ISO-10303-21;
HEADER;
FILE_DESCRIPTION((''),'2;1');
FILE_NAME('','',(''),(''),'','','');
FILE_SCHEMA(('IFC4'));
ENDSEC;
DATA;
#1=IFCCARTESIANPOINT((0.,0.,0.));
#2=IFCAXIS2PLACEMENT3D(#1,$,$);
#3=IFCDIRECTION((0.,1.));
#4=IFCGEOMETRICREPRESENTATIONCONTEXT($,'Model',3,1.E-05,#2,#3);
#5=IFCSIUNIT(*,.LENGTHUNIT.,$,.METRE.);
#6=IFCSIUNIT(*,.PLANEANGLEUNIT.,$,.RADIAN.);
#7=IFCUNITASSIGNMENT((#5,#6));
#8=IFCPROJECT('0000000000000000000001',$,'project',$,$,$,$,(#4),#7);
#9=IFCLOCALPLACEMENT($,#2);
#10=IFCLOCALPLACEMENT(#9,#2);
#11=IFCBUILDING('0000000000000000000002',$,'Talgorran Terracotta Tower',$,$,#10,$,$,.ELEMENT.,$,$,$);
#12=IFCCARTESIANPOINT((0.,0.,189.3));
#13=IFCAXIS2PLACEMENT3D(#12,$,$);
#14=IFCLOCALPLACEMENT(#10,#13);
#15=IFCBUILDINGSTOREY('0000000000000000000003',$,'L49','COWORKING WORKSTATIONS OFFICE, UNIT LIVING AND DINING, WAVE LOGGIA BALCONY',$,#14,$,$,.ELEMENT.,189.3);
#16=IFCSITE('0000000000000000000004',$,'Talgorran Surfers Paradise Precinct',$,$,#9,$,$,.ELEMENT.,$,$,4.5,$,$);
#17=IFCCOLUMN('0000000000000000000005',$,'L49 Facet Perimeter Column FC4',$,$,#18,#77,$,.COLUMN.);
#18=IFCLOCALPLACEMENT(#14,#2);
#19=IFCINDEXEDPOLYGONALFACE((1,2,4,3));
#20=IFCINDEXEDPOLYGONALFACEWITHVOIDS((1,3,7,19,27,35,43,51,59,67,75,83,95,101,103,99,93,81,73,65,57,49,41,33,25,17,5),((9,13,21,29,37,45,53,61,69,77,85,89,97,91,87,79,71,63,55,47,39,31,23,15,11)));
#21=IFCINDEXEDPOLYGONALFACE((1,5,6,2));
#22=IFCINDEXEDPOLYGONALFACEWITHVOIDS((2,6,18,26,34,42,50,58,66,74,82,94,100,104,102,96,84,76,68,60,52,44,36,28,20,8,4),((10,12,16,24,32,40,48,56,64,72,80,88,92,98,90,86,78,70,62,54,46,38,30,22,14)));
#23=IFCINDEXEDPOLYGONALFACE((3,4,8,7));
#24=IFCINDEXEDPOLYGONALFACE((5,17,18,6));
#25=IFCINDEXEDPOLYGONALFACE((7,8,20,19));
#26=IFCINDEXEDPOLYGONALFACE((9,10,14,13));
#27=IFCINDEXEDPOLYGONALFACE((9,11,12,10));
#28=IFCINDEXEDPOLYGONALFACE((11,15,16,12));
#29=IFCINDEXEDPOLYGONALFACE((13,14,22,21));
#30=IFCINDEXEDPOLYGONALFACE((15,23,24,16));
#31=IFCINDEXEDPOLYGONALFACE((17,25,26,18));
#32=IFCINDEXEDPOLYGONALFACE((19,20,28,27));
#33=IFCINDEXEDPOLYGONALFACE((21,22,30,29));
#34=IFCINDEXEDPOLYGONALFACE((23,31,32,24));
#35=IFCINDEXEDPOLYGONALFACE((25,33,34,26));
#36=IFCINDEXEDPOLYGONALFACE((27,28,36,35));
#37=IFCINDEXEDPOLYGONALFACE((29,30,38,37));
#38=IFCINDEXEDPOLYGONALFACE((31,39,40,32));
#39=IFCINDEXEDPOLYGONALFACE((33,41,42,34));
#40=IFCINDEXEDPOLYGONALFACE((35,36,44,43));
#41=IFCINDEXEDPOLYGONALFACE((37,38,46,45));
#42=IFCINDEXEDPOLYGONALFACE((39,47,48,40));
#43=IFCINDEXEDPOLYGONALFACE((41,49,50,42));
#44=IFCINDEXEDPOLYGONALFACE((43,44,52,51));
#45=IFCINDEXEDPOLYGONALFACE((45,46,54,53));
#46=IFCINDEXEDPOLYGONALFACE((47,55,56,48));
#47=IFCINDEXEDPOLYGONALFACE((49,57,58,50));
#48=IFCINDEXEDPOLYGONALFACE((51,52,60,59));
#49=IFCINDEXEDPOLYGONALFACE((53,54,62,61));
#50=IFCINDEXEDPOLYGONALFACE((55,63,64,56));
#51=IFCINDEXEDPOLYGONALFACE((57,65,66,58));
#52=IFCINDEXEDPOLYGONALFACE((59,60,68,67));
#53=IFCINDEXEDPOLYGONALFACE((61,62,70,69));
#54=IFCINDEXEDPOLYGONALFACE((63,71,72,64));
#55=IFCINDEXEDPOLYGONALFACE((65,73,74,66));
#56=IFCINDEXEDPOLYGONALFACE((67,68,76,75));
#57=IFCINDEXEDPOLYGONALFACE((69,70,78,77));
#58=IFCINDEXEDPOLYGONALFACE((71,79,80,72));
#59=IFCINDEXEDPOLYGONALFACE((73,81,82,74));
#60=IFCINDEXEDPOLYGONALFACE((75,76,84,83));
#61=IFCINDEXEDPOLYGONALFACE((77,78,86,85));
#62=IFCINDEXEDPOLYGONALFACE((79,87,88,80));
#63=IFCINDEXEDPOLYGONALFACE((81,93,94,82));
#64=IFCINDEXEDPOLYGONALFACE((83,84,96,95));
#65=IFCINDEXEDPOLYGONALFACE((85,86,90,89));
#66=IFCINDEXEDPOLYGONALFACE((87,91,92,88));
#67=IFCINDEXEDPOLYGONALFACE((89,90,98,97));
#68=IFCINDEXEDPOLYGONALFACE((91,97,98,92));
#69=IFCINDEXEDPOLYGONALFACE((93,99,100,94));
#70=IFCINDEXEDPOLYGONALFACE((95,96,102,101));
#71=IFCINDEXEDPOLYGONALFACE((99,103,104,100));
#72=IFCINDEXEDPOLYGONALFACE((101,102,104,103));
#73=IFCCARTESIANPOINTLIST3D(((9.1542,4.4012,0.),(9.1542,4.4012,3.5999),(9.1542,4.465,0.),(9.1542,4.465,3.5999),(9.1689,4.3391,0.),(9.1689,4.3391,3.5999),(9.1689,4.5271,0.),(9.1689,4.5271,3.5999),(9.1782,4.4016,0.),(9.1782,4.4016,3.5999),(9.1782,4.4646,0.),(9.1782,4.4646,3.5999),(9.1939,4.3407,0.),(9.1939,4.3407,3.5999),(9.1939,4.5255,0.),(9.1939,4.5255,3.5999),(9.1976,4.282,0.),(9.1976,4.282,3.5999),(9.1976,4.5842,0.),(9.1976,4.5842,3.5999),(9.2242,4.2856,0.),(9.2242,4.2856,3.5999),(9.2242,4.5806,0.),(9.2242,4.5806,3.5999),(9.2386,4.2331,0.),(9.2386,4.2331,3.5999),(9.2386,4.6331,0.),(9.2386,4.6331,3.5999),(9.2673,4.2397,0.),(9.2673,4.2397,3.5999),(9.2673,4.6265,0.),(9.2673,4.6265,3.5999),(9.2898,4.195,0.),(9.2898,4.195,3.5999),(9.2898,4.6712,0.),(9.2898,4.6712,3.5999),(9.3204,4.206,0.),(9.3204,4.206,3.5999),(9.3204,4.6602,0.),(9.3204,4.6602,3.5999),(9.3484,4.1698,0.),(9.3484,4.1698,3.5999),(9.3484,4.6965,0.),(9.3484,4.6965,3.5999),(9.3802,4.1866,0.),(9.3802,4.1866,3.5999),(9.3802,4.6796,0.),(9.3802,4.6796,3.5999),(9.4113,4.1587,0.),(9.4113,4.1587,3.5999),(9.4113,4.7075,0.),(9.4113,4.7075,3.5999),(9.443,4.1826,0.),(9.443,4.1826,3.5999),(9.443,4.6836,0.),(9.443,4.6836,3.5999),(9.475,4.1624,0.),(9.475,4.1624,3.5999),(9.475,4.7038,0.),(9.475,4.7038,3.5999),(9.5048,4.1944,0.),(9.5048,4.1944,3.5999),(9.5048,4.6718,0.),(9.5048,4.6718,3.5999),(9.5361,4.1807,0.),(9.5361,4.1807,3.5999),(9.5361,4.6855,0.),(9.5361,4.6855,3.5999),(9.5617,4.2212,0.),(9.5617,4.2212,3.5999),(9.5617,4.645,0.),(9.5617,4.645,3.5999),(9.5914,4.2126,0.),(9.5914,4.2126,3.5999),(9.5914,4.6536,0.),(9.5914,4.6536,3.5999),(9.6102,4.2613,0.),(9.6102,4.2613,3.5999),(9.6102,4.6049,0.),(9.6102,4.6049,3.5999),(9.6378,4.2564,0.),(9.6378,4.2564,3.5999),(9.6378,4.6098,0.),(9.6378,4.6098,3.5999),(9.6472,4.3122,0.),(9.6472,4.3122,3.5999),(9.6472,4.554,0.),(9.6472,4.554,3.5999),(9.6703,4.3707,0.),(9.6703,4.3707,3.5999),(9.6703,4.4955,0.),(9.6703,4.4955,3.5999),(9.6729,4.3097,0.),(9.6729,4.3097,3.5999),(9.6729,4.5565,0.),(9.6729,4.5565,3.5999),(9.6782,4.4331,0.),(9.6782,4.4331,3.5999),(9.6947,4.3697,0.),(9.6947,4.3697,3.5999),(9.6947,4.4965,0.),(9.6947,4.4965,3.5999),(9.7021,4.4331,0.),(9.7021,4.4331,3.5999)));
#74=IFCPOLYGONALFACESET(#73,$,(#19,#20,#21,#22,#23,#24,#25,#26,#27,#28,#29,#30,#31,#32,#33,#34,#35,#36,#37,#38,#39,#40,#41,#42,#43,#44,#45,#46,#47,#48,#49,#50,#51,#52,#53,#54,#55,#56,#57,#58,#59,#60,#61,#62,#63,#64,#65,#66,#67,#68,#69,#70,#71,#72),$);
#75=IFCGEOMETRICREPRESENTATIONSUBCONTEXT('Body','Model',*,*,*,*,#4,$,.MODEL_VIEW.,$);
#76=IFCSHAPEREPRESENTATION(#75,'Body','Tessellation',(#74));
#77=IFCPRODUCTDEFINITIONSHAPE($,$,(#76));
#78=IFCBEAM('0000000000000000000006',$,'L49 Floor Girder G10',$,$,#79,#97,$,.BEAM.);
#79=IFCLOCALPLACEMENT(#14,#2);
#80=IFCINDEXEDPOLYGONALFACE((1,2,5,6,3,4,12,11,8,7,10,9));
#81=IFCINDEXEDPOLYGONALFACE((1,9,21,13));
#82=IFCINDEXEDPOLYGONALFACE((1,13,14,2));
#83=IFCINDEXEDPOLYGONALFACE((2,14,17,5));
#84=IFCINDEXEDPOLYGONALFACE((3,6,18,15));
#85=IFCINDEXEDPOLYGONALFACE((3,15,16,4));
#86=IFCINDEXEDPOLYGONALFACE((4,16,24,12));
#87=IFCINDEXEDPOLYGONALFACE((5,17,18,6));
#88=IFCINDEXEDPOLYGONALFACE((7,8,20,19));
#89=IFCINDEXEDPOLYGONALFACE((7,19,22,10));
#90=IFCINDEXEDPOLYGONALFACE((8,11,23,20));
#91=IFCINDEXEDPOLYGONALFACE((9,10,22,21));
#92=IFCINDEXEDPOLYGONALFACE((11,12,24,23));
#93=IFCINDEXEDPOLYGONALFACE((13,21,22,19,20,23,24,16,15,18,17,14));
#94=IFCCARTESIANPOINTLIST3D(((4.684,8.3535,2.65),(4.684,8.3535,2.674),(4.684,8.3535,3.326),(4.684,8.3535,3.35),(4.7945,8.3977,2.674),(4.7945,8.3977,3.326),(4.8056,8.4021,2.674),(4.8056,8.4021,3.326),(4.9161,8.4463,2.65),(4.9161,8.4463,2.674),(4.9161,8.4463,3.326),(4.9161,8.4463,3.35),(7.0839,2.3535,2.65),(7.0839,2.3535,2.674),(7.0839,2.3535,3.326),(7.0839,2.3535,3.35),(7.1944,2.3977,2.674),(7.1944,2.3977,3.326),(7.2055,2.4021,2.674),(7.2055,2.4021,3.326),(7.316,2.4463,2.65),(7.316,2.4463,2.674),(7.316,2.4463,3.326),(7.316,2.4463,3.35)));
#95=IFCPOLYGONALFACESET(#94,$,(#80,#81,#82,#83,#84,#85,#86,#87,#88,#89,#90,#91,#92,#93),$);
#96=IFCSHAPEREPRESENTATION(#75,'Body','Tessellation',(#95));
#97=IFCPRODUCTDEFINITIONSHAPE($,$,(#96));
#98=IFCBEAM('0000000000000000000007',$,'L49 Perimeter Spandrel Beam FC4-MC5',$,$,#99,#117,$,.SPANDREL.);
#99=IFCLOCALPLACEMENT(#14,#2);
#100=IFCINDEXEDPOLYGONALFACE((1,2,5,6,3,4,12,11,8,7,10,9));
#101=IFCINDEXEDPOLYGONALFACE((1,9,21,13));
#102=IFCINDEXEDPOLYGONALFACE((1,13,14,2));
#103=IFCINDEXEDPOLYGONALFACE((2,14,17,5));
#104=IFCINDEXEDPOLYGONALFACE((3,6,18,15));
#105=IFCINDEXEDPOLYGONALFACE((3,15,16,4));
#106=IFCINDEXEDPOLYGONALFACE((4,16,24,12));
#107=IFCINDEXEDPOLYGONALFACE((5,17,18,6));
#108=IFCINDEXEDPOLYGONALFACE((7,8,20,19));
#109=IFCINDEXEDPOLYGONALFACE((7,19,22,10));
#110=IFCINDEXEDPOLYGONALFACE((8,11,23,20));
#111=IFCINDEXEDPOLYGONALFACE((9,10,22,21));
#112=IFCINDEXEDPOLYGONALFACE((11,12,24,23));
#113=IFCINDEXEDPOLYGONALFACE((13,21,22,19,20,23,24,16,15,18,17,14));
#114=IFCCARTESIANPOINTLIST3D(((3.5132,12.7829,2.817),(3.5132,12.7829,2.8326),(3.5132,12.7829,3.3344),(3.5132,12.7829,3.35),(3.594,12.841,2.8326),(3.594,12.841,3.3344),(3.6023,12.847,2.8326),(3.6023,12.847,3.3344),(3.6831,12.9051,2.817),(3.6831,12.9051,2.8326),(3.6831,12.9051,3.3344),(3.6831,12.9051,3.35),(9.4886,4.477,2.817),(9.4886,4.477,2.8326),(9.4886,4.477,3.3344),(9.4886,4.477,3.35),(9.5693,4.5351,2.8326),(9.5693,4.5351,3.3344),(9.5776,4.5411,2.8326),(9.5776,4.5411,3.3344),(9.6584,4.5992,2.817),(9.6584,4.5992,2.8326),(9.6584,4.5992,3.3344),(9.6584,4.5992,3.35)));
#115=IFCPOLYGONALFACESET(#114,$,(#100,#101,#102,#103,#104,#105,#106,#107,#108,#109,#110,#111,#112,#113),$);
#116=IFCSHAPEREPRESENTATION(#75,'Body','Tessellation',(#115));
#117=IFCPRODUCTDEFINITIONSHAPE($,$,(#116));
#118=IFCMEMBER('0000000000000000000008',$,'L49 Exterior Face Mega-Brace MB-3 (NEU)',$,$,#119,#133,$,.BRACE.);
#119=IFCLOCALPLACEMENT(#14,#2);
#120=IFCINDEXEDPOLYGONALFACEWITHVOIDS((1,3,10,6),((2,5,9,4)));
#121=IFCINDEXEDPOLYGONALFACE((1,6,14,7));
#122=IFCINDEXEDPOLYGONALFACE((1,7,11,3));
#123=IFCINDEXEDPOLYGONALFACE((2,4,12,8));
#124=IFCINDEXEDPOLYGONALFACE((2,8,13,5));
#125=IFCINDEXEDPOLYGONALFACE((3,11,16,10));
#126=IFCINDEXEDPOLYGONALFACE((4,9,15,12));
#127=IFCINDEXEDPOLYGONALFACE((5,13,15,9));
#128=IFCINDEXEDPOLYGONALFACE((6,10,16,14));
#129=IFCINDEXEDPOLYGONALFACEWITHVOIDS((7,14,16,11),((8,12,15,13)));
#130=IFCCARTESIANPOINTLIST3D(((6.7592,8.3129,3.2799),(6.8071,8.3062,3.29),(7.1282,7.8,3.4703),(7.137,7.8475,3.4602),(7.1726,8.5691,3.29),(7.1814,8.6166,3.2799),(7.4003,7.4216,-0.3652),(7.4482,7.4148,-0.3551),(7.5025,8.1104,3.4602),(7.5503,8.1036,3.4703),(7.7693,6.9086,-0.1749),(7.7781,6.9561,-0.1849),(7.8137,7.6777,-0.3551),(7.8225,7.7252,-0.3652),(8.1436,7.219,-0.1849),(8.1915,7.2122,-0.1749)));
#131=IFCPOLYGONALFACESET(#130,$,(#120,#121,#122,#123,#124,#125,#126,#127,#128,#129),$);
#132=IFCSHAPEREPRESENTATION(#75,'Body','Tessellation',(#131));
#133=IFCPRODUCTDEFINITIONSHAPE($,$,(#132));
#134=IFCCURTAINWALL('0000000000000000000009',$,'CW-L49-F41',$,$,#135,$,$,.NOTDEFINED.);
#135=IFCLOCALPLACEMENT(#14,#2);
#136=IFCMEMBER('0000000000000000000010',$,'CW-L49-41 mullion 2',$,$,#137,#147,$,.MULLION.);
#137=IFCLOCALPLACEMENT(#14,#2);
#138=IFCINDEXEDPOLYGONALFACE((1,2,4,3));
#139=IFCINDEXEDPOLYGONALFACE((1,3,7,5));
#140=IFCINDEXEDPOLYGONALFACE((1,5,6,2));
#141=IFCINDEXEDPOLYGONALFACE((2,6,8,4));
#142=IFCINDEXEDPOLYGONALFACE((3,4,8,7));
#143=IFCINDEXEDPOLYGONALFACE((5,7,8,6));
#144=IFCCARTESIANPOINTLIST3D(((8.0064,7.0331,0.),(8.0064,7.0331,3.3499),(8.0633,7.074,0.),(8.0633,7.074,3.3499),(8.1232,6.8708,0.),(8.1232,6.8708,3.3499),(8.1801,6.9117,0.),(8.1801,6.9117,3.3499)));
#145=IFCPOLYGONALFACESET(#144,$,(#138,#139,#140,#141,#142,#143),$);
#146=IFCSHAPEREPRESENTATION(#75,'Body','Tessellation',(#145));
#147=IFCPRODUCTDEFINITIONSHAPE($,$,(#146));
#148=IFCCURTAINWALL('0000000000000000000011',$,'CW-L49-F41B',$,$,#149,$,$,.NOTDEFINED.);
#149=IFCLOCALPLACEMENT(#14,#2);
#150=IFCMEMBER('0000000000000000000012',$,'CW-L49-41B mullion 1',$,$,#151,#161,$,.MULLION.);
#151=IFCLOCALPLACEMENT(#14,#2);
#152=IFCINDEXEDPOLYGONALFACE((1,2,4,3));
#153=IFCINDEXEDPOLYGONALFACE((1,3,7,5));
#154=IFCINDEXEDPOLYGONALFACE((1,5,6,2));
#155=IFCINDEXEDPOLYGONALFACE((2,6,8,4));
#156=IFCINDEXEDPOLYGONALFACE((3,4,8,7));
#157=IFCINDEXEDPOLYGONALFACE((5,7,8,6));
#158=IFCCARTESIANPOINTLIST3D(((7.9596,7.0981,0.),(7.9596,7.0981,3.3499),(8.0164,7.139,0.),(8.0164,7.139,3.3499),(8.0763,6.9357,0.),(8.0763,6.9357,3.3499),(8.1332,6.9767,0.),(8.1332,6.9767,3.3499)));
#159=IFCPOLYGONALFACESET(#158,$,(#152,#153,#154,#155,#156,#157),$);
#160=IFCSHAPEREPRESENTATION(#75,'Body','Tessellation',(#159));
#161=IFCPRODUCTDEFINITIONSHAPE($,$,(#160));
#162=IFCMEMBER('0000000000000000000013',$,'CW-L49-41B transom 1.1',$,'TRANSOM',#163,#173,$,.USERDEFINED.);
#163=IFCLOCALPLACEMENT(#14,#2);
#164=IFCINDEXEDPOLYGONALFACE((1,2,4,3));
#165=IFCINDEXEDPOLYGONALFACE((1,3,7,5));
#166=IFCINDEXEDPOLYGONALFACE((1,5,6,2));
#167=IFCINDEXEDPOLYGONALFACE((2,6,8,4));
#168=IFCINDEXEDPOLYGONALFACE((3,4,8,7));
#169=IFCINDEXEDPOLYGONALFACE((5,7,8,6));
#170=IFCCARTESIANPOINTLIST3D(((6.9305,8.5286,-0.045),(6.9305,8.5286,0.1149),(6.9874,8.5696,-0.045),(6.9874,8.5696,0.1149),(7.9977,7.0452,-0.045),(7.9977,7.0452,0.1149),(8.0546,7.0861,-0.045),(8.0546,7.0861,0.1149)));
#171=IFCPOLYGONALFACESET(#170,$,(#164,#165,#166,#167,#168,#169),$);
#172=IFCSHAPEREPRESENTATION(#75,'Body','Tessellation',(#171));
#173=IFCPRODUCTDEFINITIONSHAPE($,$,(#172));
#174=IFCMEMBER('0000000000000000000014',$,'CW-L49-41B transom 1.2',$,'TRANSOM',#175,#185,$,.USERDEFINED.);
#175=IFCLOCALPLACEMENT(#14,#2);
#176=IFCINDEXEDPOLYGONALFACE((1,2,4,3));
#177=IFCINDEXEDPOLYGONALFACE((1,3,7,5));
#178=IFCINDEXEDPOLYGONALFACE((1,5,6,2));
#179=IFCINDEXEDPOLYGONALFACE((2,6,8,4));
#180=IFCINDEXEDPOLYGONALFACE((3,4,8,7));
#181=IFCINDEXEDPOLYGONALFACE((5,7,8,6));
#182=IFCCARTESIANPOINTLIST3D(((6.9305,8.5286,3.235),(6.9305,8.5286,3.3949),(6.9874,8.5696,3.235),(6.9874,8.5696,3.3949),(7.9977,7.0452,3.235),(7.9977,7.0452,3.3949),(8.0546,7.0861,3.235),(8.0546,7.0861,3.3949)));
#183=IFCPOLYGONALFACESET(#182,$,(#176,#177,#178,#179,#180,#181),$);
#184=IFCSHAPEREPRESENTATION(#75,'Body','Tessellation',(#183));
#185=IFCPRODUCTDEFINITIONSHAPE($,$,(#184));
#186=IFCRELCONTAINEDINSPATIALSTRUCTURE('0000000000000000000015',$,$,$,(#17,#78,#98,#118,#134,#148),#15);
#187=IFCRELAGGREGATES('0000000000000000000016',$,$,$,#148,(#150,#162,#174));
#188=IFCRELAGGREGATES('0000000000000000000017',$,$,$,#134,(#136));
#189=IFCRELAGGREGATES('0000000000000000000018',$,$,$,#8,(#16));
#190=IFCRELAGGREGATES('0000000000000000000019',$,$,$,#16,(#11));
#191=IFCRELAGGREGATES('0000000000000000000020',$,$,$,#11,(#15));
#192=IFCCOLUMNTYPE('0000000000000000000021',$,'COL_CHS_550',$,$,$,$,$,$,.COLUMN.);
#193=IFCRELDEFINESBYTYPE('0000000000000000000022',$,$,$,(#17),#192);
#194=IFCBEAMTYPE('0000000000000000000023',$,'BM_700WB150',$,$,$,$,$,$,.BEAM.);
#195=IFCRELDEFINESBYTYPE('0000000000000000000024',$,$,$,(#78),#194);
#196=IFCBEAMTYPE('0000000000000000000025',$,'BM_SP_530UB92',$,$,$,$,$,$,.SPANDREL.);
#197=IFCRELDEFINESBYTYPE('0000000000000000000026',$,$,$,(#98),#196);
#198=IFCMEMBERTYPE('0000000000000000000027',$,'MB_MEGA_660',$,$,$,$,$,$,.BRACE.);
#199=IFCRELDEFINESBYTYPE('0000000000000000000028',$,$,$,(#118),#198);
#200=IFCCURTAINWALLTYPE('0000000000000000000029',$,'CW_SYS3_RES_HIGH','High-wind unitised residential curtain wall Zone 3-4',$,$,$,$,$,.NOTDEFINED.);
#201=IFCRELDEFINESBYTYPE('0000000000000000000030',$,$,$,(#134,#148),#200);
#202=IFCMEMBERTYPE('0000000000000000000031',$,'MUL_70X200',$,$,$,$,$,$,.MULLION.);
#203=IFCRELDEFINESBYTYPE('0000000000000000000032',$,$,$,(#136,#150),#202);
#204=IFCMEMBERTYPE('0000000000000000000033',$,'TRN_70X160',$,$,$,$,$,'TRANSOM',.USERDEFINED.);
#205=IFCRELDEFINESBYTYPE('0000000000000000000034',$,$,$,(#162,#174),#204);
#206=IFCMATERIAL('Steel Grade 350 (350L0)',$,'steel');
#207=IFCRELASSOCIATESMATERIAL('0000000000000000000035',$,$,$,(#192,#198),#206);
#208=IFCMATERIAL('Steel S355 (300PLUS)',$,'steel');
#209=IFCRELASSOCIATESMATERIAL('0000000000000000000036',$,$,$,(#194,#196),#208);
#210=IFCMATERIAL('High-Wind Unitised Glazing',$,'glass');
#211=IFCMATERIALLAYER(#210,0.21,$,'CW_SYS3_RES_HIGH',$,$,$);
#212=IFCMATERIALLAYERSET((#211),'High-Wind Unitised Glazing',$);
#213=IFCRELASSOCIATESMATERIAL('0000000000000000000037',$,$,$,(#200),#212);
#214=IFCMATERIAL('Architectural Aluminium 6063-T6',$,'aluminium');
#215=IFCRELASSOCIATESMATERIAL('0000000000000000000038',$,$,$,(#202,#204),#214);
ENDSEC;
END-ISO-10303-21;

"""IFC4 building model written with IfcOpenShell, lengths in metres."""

from ifc_helpers import new_model, si_unit, direction, frame, origin, origin_2d, place, context, subcontext, project, spatial, rectangle, hollow_rectangle, hollow_circle, i_section, extrude, material, layer, layer_set, material_profile, profile_set, type_object, element, aggregate, save


model = new_model("IFC4")

# Units and contexts
model_context = context("Model", 3, precision=1e-05, world=origin(), true_north=direction((0.0, 1.0)))
body_context = subcontext(model_context, "Body", "Model", "MODEL_VIEW")
ifc_project = project(units=[si_unit("LENGTHUNIT", "METRE"), si_unit("PLANEANGLEUNIT", "RADIAN")], contexts=[model_context])

# Site, building, storey
site_placement = place(None, origin())
site = spatial("IfcSite", under=ifc_project, at=site_placement, Name="Talgorran Surfers Paradise Precinct", CompositionType="ELEMENT", RefElevation=4.5)
building_placement = place(site_placement, origin())
building = spatial("IfcBuilding", under=site, at=building_placement, Name="Talgorran Terracotta Tower", CompositionType="ELEMENT")
storey_placement = place(building_placement, frame((0.0, 0.0, 189.3)))
storey = spatial("IfcBuildingStorey", under=building, at=storey_placement, Name="L49", Description="COWORKING WORKSTATIONS OFFICE, UNIT LIVING AND DINING, WAVE LOGGIA BALCONY", CompositionType="ELEMENT", Elevation=189.3)

# Column
ifc_material_1 = material(Name="Steel Grade 350 (350L0)", Category="steel")
ifc_material_profile_1 = material_profile(ifc_material_1, hollow_circle(Radius=0.2749, WallThickness=0.0239, at=origin_2d()), Name="CHS550X24")
ifc_profile_set_1 = profile_set([ifc_material_profile_1], Name="Steel Grade 350 (350L0)")
column_type = type_object("IfcColumnType", Name="COL_CHS_550", PredefinedType="COLUMN", material=ifc_profile_set_1)
column_placement = place(storey_placement, frame((9.4272, 4.4331, 0.0), z_axis=(0.0, 0.0, 1.0), x_axis=(1.0, 0.0, 0.0)))
element("IfcColumn", 1, at=column_placement, inside=storey, type_object=column_type, Name="L49 Facet Perimeter Column FC4", PredefinedType="COLUMN", context=body_context, shape_type="SweptSolid", body=[
    extrude(hollow_circle(Radius=0.2749, WallThickness=0.0239, at=origin_2d()), origin(), (0.0, 0.0, 1.0), 3.5999),
])

# Beams
ifc_material_2 = material(Name="Steel S355 (300PLUS)", Category="steel")
ifc_material_profile_2 = material_profile(ifc_material_2, i_section(OverallWidth=0.25, OverallDepth=0.7, WebThickness=0.012, FlangeThickness=0.0239, at=origin_2d()), Name="700WB150")
ifc_profile_set_2 = profile_set([ifc_material_profile_2], Name="Steel S355 (300PLUS)")
beam_type_1 = type_object("IfcBeamType", Name="BM_700WB150", PredefinedType="BEAM", material=ifc_profile_set_2)
beam_1_placement = place(storey_placement, frame((7.2, 2.3999, 3.0), z_axis=(-0.371378, 0.928482, 0.0), x_axis=(-0.928482, -0.371378, 0.0)))
element("IfcBeam", 2, at=beam_1_placement, inside=storey, type_object=beam_type_1, Name="L49 Floor Girder G10", PredefinedType="BEAM", context=body_context, shape_type="SweptSolid", body=[
    extrude(i_section(OverallWidth=0.25, OverallDepth=0.7, WebThickness=0.012, FlangeThickness=0.0239, at=origin_2d()), origin(), (0.0, 0.0, 1.0), 6.4622),
])
ifc_material_profile_3 = material_profile(ifc_material_2, i_section(OverallWidth=0.2092, OverallDepth=0.533, WebThickness=0.0103, FlangeThickness=0.0156, at=origin_2d()), Name="530UB92.4")
ifc_profile_set_3 = profile_set([ifc_material_profile_3], Name="Steel S355 (300PLUS)")
beam_type_2 = type_object("IfcBeamType", Name="BM_SP_530UB92", PredefinedType="SPANDREL", material=ifc_profile_set_3)
beam_2_placement = place(storey_placement, frame((9.5735, 4.5381, 3.0835), z_axis=(-0.583989, 0.811762, 0.0), x_axis=(-0.811762, -0.583989, 0.0)))
element("IfcBeam", 3, at=beam_2_placement, inside=storey, type_object=beam_type_2, Name="L49 Perimeter Spandrel Beam FC4-MC5", PredefinedType="SPANDREL", context=body_context, shape_type="SweptSolid", body=[
    extrude(i_section(OverallWidth=0.2092, OverallDepth=0.533, WebThickness=0.0103, FlangeThickness=0.0156, at=origin_2d()), origin(), (0.0, 0.0, 1.0), 10.2319),
])

# Member
ifc_material_profile_4 = material_profile(ifc_material_1, hollow_rectangle(XDim=0.52, YDim=0.6599, WallThickness=0.0349, at=origin_2d()), Name="WBOX660X520X35")
ifc_profile_set_4 = profile_set([ifc_material_profile_4], Name="Steel Grade 350 (350L0)")
member_type_1 = type_object("IfcMemberType", Name="MB_MEGA_660", PredefinedType="BRACE", material=ifc_profile_set_4)
member_1_placement = place(storey_placement, frame((7.7959, 7.3169, -0.27), z_axis=(-0.168413, 0.234149, 0.957503), x_axis=(-0.811821, -0.583906, 0.0)))
element("IfcMember", 4, at=member_1_placement, inside=storey, type_object=member_type_1, Name="L49 Exterior Face Mega-Brace MB-3 (NEU)", PredefinedType="BRACE", context=body_context, shape_type="SweptSolid", body=[
    extrude(hollow_rectangle(XDim=0.52, YDim=0.6599, WallThickness=0.0349, at=origin_2d()), origin(), (0.0, 0.0, 1.0), 3.8069),
])

# Curtain wall, member
ifc_material_3 = material(Name="High-Wind Unitised Glazing", Category="glass")
ifc_layer_1 = layer(ifc_material_3, 0.21, Name="CW_SYS3_RES_HIGH")
ifc_layer_set_1 = layer_set([ifc_layer_1], Name="High-Wind Unitised Glazing")
curtain_wall_type = type_object("IfcCurtainWallType", Name="CW_SYS3_RES_HIGH", Description="High-wind unitised residential curtain wall Zone 3-4", PredefinedType="NOTDEFINED", material=ifc_layer_set_1)
curtain_wall_1_placement = place(storey_placement, origin())
curtain_wall_1 = element("IfcCurtainWall", 5, at=curtain_wall_1_placement, inside=storey, type_object=curtain_wall_type, Name="CW-L49-F41", PredefinedType="NOTDEFINED")
ifc_material_4 = material(Name="Architectural Aluminium 6063-T6", Category="aluminium")
ifc_material_profile_5 = material_profile(ifc_material_4, rectangle(XDim=0.0701, YDim=0.2, at=origin_2d()), Name="CWM70X200")
ifc_profile_set_5 = profile_set([ifc_material_profile_5], Name="Architectural Aluminium 6063-T6")
member_type_2 = type_object("IfcMemberType", Name="MUL_70X200", PredefinedType="MULLION", material=ifc_profile_set_5)
member_2_placement = place(storey_placement, frame((8.0933, 6.9724, 0.0), z_axis=(0.0, 0.0, 1.0), x_axis=(-0.811766, -0.583983, 0.0)))
member_2 = element("IfcMember", 6, at=member_2_placement, type_object=member_type_2, Name="CW-L49-41 mullion 2", PredefinedType="MULLION", context=body_context, shape_type="SweptSolid", body=[
    extrude(rectangle(XDim=0.0701, YDim=0.2, at=origin_2d()), origin(), (0.0, 0.0, 1.0), 3.3499),
])

# Curtain wall, members
curtain_wall_2_placement = place(storey_placement, origin())
curtain_wall_2 = element("IfcCurtainWall", 7, at=curtain_wall_2_placement, inside=storey, type_object=curtain_wall_type, Name="CW-L49-F41B", PredefinedType="NOTDEFINED")
member_3_placement = place(storey_placement, frame((8.0464, 7.0374, 0.0), z_axis=(0.0, 0.0, 1.0), x_axis=(-0.811785, -0.583957, 0.0)))
member_3 = element("IfcMember", 8, at=member_3_placement, type_object=member_type_2, Name="CW-L49-41B mullion 1", PredefinedType="MULLION", context=body_context, shape_type="SweptSolid", body=[
    extrude(rectangle(XDim=0.0701, YDim=0.2, at=origin_2d()), origin(), (0.0, 0.0, 1.0), 3.3499),
])
ifc_material_profile_6 = material_profile(ifc_material_4, rectangle(XDim=0.0701, YDim=0.1599, at=origin_2d()), Name="CWT70X160")
ifc_profile_set_6 = profile_set([ifc_material_profile_6], Name="Architectural Aluminium 6063-T6")
member_type_3 = type_object("IfcMemberType", Name="TRN_70X160", ElementType="TRANSOM", PredefinedType="USERDEFINED", material=ifc_profile_set_6)
member_4_placement = place(storey_placement, frame((8.0261, 7.0657, 0.0349), z_axis=(-0.583977, 0.81177, 0.0), x_axis=(-0.81177, -0.583977, 0.0)))
member_4 = element("IfcMember", 9, at=member_4_placement, type_object=member_type_3, Name="CW-L49-41B transom 1.1", ObjectType="TRANSOM", PredefinedType="USERDEFINED", context=body_context, shape_type="SweptSolid", body=[
    extrude(rectangle(XDim=0.0701, YDim=0.1599, at=origin_2d()), origin(), (0.0, 0.0, 1.0), 1.8274),
])
member_5_placement = place(storey_placement, frame((8.0261, 7.0657, 3.3149), z_axis=(-0.583977, 0.81177, 0.0), x_axis=(-0.81177, -0.583977, 0.0)))
member_5 = element("IfcMember", 10, at=member_5_placement, type_object=member_type_3, Name="CW-L49-41B transom 1.2", ObjectType="TRANSOM", PredefinedType="USERDEFINED", context=body_context, shape_type="SweptSolid", body=[
    extrude(rectangle(XDim=0.0701, YDim=0.1599, at=origin_2d()), origin(), (0.0, 0.0, 1.0), 1.8274),
])
aggregate(curtain_wall_2, [member_3, member_4, member_5])

aggregate(curtain_wall_1, [member_2])

save(model, "model.ifc")
